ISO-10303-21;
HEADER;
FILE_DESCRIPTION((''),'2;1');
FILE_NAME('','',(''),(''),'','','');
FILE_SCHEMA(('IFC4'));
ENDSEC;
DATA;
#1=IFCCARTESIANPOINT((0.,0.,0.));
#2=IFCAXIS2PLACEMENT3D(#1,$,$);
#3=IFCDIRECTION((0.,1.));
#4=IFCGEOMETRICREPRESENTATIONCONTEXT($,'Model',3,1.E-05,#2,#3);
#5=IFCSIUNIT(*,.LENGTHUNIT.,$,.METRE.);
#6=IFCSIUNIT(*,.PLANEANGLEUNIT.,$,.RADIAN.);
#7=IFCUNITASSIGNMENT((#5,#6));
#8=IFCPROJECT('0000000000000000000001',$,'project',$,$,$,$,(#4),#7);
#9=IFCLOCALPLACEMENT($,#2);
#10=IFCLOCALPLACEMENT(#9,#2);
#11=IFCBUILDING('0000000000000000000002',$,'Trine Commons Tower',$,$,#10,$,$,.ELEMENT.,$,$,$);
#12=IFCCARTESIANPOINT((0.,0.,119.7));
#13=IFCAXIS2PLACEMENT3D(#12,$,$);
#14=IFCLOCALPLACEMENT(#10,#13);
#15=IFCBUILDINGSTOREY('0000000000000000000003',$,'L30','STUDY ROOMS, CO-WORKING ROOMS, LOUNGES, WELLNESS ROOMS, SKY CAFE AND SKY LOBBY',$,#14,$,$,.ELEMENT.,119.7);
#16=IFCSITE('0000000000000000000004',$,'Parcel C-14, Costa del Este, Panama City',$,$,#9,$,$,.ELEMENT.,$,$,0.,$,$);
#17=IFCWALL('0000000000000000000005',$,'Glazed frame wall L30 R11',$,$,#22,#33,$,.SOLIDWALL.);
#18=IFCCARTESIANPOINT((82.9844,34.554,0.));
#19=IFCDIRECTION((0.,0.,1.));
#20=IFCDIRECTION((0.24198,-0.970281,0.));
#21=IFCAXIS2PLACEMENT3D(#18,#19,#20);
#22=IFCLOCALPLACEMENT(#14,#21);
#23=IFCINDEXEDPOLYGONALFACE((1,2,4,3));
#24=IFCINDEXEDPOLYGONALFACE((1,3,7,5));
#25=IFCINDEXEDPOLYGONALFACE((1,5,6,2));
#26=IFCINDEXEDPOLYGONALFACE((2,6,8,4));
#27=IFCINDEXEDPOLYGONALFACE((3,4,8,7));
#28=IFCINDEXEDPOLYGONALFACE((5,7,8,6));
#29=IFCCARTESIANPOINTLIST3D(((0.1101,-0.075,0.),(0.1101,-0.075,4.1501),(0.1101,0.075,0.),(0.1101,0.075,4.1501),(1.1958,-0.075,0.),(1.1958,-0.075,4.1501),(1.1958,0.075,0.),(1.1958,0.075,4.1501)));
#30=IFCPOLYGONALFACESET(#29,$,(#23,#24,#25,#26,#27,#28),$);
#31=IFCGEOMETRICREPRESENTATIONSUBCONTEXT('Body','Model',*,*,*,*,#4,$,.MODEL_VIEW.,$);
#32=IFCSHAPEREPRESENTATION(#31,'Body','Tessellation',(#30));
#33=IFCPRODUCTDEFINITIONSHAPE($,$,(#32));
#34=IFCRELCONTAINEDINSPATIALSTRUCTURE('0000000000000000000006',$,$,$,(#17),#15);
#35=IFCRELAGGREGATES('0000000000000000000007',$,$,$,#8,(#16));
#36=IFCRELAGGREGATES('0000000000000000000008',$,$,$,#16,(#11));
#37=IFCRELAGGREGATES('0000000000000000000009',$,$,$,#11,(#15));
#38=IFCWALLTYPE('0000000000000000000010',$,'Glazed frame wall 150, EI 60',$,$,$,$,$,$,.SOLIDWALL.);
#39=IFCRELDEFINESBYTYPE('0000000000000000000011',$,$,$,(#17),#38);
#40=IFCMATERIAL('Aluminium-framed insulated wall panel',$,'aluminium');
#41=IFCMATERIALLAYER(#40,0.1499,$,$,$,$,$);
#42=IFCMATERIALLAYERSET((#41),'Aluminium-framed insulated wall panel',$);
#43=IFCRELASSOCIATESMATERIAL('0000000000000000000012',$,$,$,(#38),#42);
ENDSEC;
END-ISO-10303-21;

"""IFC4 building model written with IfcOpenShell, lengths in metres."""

from ifc_helpers import new_model, si_unit, direction, frame, origin, place, context, subcontext, project, spatial, polyline, outline, extrude, material, layer, layer_set, type_object, element, save


model = new_model("IFC4")

# Units and contexts
model_context = context("Model", 3, precision=1e-05, world=origin(), true_north=direction((0.0, 1.0)))
body_context = subcontext(model_context, "Body", "Model", "MODEL_VIEW")
ifc_project = project(units=[si_unit("LENGTHUNIT", "METRE"), si_unit("PLANEANGLEUNIT", "RADIAN")], contexts=[model_context])

# Site, building, storey
site_placement = place(None, origin())
site = spatial("IfcSite", under=ifc_project, at=site_placement, Name="Parcel C-14, Costa del Este, Panama City", CompositionType="ELEMENT", RefElevation=0.0)
building_placement = place(site_placement, origin())
building = spatial("IfcBuilding", under=site, at=building_placement, Name="Trine Commons Tower", CompositionType="ELEMENT")
storey_placement = place(building_placement, frame((0.0, 0.0, 119.7)))
storey = spatial("IfcBuildingStorey", under=building, at=storey_placement, Name="L30", Description="STUDY ROOMS, CO-WORKING ROOMS, LOUNGES, WELLNESS ROOMS, SKY CAFE AND SKY LOBBY", CompositionType="ELEMENT", Elevation=119.7)

# Wall
ifc_material_1 = material(Name="Aluminium-framed insulated wall panel", Category="aluminium")
ifc_layer_1 = layer(ifc_material_1, 0.1499)
ifc_layer_set_1 = layer_set([ifc_layer_1], Name="Aluminium-framed insulated wall panel")
wall_type_1 = type_object("IfcWallType", Name="Glazed frame wall 150, EI 60", PredefinedType="SOLIDWALL", material=ifc_layer_set_1)
wall_1_placement = place(storey_placement, frame((82.9844, 34.554, 0.0), z_axis=(0.0, 0.0, 1.0), x_axis=(0.24198, -0.970281, 0.0)))
element("IfcWall", 1, at=wall_1_placement, inside=storey, type_object=wall_type_1, Name="Glazed frame wall L30 R11", PredefinedType="SOLIDWALL", context=body_context, shape_type="SweptSolid", body=[
    extrude(outline(polyline([(0.1101, 0.075), (0.1101, -0.075), (1.1958, -0.075), (1.1958, 0.075), (0.1101, 0.075)])), origin(), (0.0, 0.0, 1.0), 4.1501),
])

save(model, "model.ifc")
